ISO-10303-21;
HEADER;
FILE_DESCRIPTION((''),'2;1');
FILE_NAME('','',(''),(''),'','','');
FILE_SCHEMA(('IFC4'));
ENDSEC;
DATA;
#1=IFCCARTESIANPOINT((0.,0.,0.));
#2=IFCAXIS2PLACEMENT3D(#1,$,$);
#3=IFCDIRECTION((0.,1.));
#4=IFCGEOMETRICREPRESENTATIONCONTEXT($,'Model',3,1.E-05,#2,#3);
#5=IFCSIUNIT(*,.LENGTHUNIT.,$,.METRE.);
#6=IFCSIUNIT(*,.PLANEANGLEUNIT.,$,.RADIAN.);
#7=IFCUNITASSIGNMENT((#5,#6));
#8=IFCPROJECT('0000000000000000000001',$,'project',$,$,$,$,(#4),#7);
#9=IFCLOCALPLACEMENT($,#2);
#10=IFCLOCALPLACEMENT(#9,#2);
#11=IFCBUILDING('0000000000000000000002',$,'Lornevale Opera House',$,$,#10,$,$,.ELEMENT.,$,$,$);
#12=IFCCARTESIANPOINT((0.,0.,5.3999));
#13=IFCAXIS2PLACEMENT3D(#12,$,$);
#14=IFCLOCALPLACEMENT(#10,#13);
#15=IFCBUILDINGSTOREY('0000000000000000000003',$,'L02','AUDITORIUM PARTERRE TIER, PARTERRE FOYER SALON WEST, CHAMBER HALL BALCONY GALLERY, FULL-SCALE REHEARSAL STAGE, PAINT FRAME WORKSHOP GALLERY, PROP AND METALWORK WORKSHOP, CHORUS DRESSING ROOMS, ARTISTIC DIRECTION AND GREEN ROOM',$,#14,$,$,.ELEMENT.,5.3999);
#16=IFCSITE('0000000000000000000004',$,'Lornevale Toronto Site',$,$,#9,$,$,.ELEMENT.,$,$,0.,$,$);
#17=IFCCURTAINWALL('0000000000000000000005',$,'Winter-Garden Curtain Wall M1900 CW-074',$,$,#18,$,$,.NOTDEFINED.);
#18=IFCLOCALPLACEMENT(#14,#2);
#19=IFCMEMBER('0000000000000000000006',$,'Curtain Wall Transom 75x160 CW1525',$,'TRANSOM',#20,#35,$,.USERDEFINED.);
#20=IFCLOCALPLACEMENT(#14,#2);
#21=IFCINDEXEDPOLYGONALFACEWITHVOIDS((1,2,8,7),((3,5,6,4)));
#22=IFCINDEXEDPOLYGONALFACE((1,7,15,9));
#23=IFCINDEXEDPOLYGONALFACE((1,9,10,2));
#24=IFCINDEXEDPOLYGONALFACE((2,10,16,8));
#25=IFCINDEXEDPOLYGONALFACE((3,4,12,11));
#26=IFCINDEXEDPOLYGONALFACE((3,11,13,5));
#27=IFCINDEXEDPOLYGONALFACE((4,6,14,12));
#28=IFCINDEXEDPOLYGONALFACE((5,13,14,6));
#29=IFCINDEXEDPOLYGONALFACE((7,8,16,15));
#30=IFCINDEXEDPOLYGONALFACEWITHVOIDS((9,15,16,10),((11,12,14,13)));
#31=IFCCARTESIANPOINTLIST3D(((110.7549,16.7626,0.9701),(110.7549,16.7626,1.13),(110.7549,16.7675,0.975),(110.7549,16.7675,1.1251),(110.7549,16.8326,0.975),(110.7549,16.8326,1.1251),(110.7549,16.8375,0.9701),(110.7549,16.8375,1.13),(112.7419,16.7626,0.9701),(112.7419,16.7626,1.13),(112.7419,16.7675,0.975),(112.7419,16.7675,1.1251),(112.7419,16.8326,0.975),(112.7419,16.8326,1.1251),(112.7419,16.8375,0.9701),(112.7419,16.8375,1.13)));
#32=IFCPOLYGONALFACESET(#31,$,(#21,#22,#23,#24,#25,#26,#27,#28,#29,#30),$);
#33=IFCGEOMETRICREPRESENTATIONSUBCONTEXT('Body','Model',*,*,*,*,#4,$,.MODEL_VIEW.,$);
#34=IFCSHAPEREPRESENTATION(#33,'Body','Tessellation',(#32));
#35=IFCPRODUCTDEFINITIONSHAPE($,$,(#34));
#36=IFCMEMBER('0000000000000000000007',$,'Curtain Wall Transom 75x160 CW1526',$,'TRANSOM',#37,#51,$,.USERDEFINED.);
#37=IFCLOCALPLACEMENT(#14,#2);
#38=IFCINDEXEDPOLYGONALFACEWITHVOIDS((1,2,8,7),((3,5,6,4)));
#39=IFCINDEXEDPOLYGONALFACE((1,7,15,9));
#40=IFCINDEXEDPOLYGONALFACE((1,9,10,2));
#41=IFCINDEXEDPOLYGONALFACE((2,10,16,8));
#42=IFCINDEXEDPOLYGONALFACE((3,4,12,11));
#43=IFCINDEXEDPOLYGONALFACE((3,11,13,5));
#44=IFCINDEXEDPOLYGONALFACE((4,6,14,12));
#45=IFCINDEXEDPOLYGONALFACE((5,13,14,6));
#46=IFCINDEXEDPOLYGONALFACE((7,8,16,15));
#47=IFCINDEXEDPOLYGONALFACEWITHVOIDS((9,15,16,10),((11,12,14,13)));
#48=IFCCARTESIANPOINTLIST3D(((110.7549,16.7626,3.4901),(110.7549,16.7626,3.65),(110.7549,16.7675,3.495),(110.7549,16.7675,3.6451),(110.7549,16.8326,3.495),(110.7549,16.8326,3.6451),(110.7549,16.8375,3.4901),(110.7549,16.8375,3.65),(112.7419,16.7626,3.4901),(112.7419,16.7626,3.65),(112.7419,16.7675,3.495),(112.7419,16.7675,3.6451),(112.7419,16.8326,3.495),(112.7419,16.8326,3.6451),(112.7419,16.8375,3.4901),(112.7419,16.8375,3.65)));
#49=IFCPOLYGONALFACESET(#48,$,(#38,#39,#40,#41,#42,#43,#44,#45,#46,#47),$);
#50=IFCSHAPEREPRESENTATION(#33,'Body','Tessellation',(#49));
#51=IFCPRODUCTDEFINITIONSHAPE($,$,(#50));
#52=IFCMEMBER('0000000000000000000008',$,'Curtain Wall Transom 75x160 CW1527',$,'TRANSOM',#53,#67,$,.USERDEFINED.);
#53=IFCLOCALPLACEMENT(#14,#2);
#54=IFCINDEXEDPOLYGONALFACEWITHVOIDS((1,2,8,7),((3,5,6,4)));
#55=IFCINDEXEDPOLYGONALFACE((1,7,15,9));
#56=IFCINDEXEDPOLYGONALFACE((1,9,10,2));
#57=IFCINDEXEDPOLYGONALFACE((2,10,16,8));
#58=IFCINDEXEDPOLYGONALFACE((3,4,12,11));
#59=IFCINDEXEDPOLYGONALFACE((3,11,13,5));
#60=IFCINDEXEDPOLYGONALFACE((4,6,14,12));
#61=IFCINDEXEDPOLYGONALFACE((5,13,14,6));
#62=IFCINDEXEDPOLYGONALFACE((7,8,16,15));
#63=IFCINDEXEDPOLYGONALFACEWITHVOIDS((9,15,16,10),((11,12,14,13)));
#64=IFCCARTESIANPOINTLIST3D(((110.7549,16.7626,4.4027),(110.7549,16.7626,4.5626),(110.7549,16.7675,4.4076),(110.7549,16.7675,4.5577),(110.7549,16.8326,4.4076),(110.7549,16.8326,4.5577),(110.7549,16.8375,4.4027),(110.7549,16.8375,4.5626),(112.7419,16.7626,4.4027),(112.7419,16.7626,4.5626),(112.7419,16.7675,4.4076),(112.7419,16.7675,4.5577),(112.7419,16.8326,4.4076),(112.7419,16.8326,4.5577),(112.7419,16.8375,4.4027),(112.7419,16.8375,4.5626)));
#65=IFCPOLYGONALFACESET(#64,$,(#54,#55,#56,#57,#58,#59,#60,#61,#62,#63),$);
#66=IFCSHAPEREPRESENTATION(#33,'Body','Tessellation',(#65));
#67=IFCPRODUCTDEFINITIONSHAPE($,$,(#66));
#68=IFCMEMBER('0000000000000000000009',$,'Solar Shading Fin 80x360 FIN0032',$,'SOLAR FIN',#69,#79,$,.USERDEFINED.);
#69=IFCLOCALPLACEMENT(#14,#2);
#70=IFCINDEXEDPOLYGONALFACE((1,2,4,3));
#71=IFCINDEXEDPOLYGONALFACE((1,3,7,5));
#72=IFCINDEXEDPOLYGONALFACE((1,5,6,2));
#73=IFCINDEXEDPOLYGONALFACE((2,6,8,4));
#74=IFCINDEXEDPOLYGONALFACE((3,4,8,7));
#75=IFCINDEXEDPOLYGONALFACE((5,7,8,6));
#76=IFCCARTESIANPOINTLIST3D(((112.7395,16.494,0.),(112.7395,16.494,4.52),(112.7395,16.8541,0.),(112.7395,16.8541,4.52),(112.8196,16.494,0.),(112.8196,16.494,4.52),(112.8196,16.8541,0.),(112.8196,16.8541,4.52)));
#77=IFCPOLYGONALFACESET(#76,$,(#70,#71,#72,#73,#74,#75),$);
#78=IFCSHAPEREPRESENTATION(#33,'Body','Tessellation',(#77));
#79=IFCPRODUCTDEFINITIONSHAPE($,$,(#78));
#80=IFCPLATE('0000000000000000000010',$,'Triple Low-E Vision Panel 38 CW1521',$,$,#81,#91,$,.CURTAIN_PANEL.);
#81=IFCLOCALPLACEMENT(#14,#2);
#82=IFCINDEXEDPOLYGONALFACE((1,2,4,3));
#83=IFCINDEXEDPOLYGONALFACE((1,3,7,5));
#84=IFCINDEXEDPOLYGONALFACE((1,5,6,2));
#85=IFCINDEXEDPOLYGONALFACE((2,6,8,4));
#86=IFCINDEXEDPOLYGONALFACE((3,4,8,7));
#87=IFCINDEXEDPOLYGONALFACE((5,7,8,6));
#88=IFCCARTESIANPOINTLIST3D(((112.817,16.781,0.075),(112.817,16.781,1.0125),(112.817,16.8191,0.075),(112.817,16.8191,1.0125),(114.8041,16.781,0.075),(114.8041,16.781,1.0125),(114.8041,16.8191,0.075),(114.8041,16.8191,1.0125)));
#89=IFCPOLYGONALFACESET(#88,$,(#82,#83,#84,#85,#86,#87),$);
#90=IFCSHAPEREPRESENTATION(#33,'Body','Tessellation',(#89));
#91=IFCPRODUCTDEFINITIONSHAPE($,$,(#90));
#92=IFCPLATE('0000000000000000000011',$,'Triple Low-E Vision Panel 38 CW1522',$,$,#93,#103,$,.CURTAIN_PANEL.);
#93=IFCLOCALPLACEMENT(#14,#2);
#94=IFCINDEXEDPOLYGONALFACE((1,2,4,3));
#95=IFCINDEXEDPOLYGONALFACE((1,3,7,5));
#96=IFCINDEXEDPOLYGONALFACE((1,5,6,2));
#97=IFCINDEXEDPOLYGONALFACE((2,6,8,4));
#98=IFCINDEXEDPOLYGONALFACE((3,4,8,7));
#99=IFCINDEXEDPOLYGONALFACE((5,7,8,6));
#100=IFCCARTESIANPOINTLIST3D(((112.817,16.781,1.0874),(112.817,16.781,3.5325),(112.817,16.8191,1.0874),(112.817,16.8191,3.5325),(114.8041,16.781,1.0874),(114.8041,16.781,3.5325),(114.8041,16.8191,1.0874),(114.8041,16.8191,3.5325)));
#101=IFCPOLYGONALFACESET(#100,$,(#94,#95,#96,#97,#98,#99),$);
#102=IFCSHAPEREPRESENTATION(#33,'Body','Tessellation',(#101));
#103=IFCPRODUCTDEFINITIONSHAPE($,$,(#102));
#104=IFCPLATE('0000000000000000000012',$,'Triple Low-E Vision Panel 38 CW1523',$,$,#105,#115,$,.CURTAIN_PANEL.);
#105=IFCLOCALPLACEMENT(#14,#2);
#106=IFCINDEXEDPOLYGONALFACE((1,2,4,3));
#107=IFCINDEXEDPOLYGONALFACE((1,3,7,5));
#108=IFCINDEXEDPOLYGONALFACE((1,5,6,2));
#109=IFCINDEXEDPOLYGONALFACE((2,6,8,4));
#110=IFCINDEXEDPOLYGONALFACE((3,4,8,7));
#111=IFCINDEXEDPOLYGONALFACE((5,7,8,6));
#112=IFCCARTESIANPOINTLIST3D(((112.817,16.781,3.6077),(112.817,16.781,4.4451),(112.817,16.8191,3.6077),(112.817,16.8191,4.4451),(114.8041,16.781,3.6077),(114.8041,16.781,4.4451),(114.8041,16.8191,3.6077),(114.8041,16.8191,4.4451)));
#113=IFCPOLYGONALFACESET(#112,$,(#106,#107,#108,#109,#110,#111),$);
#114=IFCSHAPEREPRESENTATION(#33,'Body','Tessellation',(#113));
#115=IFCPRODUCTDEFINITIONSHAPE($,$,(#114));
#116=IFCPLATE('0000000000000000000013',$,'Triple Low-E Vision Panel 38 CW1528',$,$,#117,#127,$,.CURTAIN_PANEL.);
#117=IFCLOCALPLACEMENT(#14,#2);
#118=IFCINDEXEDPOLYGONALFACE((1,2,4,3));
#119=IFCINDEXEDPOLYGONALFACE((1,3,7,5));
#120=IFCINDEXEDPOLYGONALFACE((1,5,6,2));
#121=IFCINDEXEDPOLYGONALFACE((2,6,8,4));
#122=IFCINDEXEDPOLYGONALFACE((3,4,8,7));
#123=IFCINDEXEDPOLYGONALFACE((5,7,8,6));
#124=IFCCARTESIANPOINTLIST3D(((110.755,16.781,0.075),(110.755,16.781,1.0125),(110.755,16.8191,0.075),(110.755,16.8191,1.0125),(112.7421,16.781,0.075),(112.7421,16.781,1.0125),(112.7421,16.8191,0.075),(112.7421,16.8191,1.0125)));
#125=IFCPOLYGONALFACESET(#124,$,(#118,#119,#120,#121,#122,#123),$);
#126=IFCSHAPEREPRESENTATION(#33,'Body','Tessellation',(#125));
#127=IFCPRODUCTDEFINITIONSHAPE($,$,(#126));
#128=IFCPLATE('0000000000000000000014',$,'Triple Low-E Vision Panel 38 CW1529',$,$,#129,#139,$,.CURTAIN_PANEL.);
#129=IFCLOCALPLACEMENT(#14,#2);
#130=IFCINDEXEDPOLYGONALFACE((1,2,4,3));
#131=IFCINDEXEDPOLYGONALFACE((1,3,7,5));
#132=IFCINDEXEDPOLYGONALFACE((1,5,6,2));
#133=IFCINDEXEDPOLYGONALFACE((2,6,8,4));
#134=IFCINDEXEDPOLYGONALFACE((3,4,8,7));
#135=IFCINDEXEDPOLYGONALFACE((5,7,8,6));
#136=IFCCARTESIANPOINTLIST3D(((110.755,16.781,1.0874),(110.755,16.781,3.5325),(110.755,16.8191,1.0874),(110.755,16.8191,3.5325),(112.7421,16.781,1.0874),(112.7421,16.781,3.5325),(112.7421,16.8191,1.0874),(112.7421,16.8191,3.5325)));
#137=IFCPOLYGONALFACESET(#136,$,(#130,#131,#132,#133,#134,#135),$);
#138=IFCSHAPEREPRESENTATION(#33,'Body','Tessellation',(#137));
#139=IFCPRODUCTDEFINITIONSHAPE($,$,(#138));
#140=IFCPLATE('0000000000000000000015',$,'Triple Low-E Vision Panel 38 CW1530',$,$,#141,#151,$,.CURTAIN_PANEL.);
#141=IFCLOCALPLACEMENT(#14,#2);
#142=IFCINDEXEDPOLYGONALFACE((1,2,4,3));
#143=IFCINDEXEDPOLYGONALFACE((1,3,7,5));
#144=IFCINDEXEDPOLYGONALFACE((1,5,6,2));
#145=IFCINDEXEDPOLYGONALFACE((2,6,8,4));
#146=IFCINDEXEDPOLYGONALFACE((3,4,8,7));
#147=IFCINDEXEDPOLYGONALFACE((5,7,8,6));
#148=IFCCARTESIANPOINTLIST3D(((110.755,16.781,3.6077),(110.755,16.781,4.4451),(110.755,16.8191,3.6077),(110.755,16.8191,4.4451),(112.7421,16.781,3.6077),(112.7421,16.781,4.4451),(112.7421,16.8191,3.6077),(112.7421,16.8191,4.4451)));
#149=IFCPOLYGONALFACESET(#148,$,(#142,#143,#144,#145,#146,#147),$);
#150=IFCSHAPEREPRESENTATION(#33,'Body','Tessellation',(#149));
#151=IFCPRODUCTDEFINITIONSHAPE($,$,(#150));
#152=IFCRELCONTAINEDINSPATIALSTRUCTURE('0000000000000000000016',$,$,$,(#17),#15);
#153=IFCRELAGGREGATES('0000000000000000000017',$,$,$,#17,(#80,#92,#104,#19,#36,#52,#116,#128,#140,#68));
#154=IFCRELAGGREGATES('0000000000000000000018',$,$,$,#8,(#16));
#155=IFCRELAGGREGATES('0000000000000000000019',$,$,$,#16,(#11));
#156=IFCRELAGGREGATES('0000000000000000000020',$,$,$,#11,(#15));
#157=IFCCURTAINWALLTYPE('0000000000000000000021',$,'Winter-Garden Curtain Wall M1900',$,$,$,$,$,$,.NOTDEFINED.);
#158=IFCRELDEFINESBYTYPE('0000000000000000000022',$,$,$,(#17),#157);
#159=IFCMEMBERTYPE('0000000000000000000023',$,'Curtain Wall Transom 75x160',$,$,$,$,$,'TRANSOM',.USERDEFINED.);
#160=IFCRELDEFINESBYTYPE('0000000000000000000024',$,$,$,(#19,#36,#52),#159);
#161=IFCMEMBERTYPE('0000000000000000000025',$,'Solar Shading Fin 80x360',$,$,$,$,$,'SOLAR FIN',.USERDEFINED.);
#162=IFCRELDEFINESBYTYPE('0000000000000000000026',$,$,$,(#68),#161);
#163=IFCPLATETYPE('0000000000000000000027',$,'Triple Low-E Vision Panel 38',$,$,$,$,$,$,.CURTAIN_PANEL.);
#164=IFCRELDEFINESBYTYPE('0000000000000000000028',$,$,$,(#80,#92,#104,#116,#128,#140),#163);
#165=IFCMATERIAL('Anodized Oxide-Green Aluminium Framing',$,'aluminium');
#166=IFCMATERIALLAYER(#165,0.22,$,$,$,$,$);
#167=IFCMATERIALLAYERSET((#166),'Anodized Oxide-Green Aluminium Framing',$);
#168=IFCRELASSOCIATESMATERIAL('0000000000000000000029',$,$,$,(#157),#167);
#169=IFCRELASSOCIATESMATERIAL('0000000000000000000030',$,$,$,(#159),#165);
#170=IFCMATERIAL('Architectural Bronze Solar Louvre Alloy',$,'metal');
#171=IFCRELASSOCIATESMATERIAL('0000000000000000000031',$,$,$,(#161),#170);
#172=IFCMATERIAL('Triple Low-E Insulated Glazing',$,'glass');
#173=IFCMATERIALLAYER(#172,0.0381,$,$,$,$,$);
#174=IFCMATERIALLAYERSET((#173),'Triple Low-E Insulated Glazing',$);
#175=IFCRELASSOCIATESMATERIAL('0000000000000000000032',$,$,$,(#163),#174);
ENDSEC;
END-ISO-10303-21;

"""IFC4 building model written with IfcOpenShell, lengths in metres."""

from ifc_helpers import new_model, si_unit, direction, frame, origin, origin_2d, place, context, subcontext, project, spatial, rectangle, hollow_rectangle, extrude, material, layer, layer_set, material_profile, profile_set, type_object, element, aggregate, save


model = new_model("IFC4")

# Units and contexts
model_context = context("Model", 3, precision=1e-05, world=origin(), true_north=direction((0.0, 1.0)))
body_context = subcontext(model_context, "Body", "Model", "MODEL_VIEW")
ifc_project = project(units=[si_unit("LENGTHUNIT", "METRE"), si_unit("PLANEANGLEUNIT", "RADIAN")], contexts=[model_context])

# Site, building, storey
site_placement = place(None, origin())
site = spatial("IfcSite", under=ifc_project, at=site_placement, Name="Lornevale Toronto Site", CompositionType="ELEMENT", RefElevation=0.0)
building_placement = place(site_placement, origin())
building = spatial("IfcBuilding", under=site, at=building_placement, Name="Lornevale Opera House", CompositionType="ELEMENT")
storey_placement = place(building_placement, frame((0.0, 0.0, 5.3999)))
storey = spatial("IfcBuildingStorey", under=building, at=storey_placement, Name="L02", Description="AUDITORIUM PARTERRE TIER, PARTERRE FOYER SALON WEST, CHAMBER HALL BALCONY GALLERY, FULL-SCALE REHEARSAL STAGE, PAINT FRAME WORKSHOP GALLERY, PROP AND METALWORK WORKSHOP, CHORUS DRESSING ROOMS, ARTISTIC DIRECTION AND GREEN ROOM", CompositionType="ELEMENT", Elevation=5.3999)

# Curtain wall
ifc_material_1 = material(Name="Anodized Oxide-Green Aluminium Framing", Category="aluminium")
ifc_layer_1 = layer(ifc_material_1, 0.22)
ifc_layer_set_1 = layer_set([ifc_layer_1], Name="Anodized Oxide-Green Aluminium Framing")
curtain_wall_type = type_object("IfcCurtainWallType", Name="Winter-Garden Curtain Wall M1900", PredefinedType="NOTDEFINED", material=ifc_layer_set_1)
curtain_wall_1_placement = place(storey_placement, origin())
curtain_wall_1 = element("IfcCurtainWall", 1, at=curtain_wall_1_placement, inside=storey, type_object=curtain_wall_type, Name="Winter-Garden Curtain Wall M1900 CW-074", PredefinedType="NOTDEFINED")

# Members
ifc_material_profile_1 = material_profile(ifc_material_1, hollow_rectangle(XDim=0.075, YDim=0.1599, WallThickness=0.0049, at=origin_2d()), Name="ALU75x160x5")
ifc_profile_set_1 = profile_set([ifc_material_profile_1], Name="Anodized Oxide-Green Aluminium Framing")
member_type_1 = type_object("IfcMemberType", Name="Curtain Wall Transom 75x160", ElementType="TRANSOM", PredefinedType="USERDEFINED", material=ifc_profile_set_1)
member_1_placement = place(storey_placement, frame((112.7419, 16.8, 1.05), z_axis=(-1.0, 0.0, 0.0), x_axis=(0.0, -1.0, 0.0)))
member_1 = element("IfcMember", 2, at=member_1_placement, type_object=member_type_1, Name="Curtain Wall Transom 75x160 CW1525", ObjectType="TRANSOM", PredefinedType="USERDEFINED", context=body_context, shape_type="SweptSolid", body=[
    extrude(hollow_rectangle(XDim=0.075, YDim=0.1599, WallThickness=0.0049, at=origin_2d()), origin(), (0.0, 0.0, 1.0), 1.9871),
])
member_2_placement = place(storey_placement, frame((112.7419, 16.8, 3.5701), z_axis=(-1.0, 0.0, 0.0), x_axis=(0.0, -1.0, 0.0)))
member_2 = element("IfcMember", 3, at=member_2_placement, type_object=member_type_1, Name="Curtain Wall Transom 75x160 CW1526", ObjectType="TRANSOM", PredefinedType="USERDEFINED", context=body_context, shape_type="SweptSolid", body=[
    extrude(hollow_rectangle(XDim=0.075, YDim=0.1599, WallThickness=0.0049, at=origin_2d()), origin(), (0.0, 0.0, 1.0), 1.9871),
])
member_3_placement = place(storey_placement, frame((112.7419, 16.8, 4.4827), z_axis=(-1.0, 0.0, 0.0), x_axis=(0.0, -1.0, 0.0)))
member_3 = element("IfcMember", 4, at=member_3_placement, type_object=member_type_1, Name="Curtain Wall Transom 75x160 CW1527", ObjectType="TRANSOM", PredefinedType="USERDEFINED", context=body_context, shape_type="SweptSolid", body=[
    extrude(hollow_rectangle(XDim=0.075, YDim=0.1599, WallThickness=0.0049, at=origin_2d()), origin(), (0.0, 0.0, 1.0), 1.9871),
])
ifc_material_2 = material(Name="Architectural Bronze Solar Louvre Alloy", Category="metal")
ifc_material_profile_2 = material_profile(ifc_material_2, rectangle(XDim=0.0801, YDim=0.3601, at=origin_2d()), Name="FIN80x360")
ifc_profile_set_2 = profile_set([ifc_material_profile_2], Name="Architectural Bronze Solar Louvre Alloy")
member_type_2 = type_object("IfcMemberType", Name="Solar Shading Fin 80x360", ElementType="SOLAR FIN", PredefinedType="USERDEFINED", material=ifc_profile_set_2)
member_4_placement = place(storey_placement, frame((112.7795, 16.6741, 0.0), z_axis=(0.0, 0.0, 1.0), x_axis=(-1.0, 0.0, 0.0)))
member_4 = element("IfcMember", 5, at=member_4_placement, type_object=member_type_2, Name="Solar Shading Fin 80x360 FIN0032", ObjectType="SOLAR FIN", PredefinedType="USERDEFINED", context=body_context, shape_type="SweptSolid", body=[
    extrude(rectangle(XDim=0.0801, YDim=0.3601, at=origin_2d()), origin(), (0.0, 0.0, 1.0), 4.52),
])

# Plates
ifc_material_3 = material(Name="Triple Low-E Insulated Glazing", Category="glass")
ifc_layer_2 = layer(ifc_material_3, 0.0381)
ifc_layer_set_2 = layer_set([ifc_layer_2], Name="Triple Low-E Insulated Glazing")
plate_type = type_object("IfcPlateType", Name="Triple Low-E Vision Panel 38", PredefinedType="CURTAIN_PANEL", material=ifc_layer_set_2)
plate_1_placement = place(storey_placement, frame((113.8105, 16.8, 0.075), z_axis=(0.0, 0.0, 1.0), x_axis=(-1.0, 0.0, 0.0)))
plate_1 = element("IfcPlate", 6, at=plate_1_placement, type_object=plate_type, Name="Triple Low-E Vision Panel 38 CW1521", PredefinedType="CURTAIN_PANEL", context=body_context, shape_type="SweptSolid", body=[
    extrude(rectangle(XDim=1.9871, YDim=0.0381, at=origin_2d()), origin(), (0.0, 0.0, 1.0), 0.9375),
])
plate_2_placement = place(storey_placement, frame((113.8105, 16.8, 1.0874), z_axis=(0.0, 0.0, 1.0), x_axis=(-1.0, 0.0, 0.0)))
plate_2 = element("IfcPlate", 7, at=plate_2_placement, type_object=plate_type, Name="Triple Low-E Vision Panel 38 CW1522", PredefinedType="CURTAIN_PANEL", context=body_context, shape_type="SweptSolid", body=[
    extrude(rectangle(XDim=1.9871, YDim=0.0381, at=origin_2d()), origin(), (0.0, 0.0, 1.0), 2.4451),
])
plate_3_placement = place(storey_placement, frame((113.8105, 16.8, 3.6077), z_axis=(0.0, 0.0, 1.0), x_axis=(-1.0, 0.0, 0.0)))
plate_3 = element("IfcPlate", 8, at=plate_3_placement, type_object=plate_type, Name="Triple Low-E Vision Panel 38 CW1523", PredefinedType="CURTAIN_PANEL", context=body_context, shape_type="SweptSolid", body=[
    extrude(rectangle(XDim=1.9871, YDim=0.0381, at=origin_2d()), origin(), (0.0, 0.0, 1.0), 0.8374),
])
plate_4_placement = place(storey_placement, frame((111.7485, 16.8, 0.075), z_axis=(0.0, 0.0, 1.0), x_axis=(-1.0, 0.0, 0.0)))
plate_4 = element("IfcPlate", 9, at=plate_4_placement, type_object=plate_type, Name="Triple Low-E Vision Panel 38 CW1528", PredefinedType="CURTAIN_PANEL", context=body_context, shape_type="SweptSolid", body=[
    extrude(rectangle(XDim=1.9871, YDim=0.0381, at=origin_2d()), origin(), (0.0, 0.0, 1.0), 0.9375),
])
plate_5_placement = place(storey_placement, frame((111.7485, 16.8, 1.0874), z_axis=(0.0, 0.0, 1.0), x_axis=(-1.0, 0.0, 0.0)))
plate_5 = element("IfcPlate", 10, at=plate_5_placement, type_object=plate_type, Name="Triple Low-E Vision Panel 38 CW1529", PredefinedType="CURTAIN_PANEL", context=body_context, shape_type="SweptSolid", body=[
    extrude(rectangle(XDim=1.9871, YDim=0.0381, at=origin_2d()), origin(), (0.0, 0.0, 1.0), 2.4451),
])
plate_6_placement = place(storey_placement, frame((111.7485, 16.8, 3.6077), z_axis=(0.0, 0.0, 1.0), x_axis=(-1.0, 0.0, 0.0)))
plate_6 = element("IfcPlate", 11, at=plate_6_placement, type_object=plate_type, Name="Triple Low-E Vision Panel 38 CW1530", PredefinedType="CURTAIN_PANEL", context=body_context, shape_type="SweptSolid", body=[
    extrude(rectangle(XDim=1.9871, YDim=0.0381, at=origin_2d()), origin(), (0.0, 0.0, 1.0), 0.8374),
])
aggregate(curtain_wall_1, [plate_1, plate_2, plate_3, member_1, member_2, member_3, plate_4, plate_5, plate_6, member_4])

save(model, "model.ifc")
